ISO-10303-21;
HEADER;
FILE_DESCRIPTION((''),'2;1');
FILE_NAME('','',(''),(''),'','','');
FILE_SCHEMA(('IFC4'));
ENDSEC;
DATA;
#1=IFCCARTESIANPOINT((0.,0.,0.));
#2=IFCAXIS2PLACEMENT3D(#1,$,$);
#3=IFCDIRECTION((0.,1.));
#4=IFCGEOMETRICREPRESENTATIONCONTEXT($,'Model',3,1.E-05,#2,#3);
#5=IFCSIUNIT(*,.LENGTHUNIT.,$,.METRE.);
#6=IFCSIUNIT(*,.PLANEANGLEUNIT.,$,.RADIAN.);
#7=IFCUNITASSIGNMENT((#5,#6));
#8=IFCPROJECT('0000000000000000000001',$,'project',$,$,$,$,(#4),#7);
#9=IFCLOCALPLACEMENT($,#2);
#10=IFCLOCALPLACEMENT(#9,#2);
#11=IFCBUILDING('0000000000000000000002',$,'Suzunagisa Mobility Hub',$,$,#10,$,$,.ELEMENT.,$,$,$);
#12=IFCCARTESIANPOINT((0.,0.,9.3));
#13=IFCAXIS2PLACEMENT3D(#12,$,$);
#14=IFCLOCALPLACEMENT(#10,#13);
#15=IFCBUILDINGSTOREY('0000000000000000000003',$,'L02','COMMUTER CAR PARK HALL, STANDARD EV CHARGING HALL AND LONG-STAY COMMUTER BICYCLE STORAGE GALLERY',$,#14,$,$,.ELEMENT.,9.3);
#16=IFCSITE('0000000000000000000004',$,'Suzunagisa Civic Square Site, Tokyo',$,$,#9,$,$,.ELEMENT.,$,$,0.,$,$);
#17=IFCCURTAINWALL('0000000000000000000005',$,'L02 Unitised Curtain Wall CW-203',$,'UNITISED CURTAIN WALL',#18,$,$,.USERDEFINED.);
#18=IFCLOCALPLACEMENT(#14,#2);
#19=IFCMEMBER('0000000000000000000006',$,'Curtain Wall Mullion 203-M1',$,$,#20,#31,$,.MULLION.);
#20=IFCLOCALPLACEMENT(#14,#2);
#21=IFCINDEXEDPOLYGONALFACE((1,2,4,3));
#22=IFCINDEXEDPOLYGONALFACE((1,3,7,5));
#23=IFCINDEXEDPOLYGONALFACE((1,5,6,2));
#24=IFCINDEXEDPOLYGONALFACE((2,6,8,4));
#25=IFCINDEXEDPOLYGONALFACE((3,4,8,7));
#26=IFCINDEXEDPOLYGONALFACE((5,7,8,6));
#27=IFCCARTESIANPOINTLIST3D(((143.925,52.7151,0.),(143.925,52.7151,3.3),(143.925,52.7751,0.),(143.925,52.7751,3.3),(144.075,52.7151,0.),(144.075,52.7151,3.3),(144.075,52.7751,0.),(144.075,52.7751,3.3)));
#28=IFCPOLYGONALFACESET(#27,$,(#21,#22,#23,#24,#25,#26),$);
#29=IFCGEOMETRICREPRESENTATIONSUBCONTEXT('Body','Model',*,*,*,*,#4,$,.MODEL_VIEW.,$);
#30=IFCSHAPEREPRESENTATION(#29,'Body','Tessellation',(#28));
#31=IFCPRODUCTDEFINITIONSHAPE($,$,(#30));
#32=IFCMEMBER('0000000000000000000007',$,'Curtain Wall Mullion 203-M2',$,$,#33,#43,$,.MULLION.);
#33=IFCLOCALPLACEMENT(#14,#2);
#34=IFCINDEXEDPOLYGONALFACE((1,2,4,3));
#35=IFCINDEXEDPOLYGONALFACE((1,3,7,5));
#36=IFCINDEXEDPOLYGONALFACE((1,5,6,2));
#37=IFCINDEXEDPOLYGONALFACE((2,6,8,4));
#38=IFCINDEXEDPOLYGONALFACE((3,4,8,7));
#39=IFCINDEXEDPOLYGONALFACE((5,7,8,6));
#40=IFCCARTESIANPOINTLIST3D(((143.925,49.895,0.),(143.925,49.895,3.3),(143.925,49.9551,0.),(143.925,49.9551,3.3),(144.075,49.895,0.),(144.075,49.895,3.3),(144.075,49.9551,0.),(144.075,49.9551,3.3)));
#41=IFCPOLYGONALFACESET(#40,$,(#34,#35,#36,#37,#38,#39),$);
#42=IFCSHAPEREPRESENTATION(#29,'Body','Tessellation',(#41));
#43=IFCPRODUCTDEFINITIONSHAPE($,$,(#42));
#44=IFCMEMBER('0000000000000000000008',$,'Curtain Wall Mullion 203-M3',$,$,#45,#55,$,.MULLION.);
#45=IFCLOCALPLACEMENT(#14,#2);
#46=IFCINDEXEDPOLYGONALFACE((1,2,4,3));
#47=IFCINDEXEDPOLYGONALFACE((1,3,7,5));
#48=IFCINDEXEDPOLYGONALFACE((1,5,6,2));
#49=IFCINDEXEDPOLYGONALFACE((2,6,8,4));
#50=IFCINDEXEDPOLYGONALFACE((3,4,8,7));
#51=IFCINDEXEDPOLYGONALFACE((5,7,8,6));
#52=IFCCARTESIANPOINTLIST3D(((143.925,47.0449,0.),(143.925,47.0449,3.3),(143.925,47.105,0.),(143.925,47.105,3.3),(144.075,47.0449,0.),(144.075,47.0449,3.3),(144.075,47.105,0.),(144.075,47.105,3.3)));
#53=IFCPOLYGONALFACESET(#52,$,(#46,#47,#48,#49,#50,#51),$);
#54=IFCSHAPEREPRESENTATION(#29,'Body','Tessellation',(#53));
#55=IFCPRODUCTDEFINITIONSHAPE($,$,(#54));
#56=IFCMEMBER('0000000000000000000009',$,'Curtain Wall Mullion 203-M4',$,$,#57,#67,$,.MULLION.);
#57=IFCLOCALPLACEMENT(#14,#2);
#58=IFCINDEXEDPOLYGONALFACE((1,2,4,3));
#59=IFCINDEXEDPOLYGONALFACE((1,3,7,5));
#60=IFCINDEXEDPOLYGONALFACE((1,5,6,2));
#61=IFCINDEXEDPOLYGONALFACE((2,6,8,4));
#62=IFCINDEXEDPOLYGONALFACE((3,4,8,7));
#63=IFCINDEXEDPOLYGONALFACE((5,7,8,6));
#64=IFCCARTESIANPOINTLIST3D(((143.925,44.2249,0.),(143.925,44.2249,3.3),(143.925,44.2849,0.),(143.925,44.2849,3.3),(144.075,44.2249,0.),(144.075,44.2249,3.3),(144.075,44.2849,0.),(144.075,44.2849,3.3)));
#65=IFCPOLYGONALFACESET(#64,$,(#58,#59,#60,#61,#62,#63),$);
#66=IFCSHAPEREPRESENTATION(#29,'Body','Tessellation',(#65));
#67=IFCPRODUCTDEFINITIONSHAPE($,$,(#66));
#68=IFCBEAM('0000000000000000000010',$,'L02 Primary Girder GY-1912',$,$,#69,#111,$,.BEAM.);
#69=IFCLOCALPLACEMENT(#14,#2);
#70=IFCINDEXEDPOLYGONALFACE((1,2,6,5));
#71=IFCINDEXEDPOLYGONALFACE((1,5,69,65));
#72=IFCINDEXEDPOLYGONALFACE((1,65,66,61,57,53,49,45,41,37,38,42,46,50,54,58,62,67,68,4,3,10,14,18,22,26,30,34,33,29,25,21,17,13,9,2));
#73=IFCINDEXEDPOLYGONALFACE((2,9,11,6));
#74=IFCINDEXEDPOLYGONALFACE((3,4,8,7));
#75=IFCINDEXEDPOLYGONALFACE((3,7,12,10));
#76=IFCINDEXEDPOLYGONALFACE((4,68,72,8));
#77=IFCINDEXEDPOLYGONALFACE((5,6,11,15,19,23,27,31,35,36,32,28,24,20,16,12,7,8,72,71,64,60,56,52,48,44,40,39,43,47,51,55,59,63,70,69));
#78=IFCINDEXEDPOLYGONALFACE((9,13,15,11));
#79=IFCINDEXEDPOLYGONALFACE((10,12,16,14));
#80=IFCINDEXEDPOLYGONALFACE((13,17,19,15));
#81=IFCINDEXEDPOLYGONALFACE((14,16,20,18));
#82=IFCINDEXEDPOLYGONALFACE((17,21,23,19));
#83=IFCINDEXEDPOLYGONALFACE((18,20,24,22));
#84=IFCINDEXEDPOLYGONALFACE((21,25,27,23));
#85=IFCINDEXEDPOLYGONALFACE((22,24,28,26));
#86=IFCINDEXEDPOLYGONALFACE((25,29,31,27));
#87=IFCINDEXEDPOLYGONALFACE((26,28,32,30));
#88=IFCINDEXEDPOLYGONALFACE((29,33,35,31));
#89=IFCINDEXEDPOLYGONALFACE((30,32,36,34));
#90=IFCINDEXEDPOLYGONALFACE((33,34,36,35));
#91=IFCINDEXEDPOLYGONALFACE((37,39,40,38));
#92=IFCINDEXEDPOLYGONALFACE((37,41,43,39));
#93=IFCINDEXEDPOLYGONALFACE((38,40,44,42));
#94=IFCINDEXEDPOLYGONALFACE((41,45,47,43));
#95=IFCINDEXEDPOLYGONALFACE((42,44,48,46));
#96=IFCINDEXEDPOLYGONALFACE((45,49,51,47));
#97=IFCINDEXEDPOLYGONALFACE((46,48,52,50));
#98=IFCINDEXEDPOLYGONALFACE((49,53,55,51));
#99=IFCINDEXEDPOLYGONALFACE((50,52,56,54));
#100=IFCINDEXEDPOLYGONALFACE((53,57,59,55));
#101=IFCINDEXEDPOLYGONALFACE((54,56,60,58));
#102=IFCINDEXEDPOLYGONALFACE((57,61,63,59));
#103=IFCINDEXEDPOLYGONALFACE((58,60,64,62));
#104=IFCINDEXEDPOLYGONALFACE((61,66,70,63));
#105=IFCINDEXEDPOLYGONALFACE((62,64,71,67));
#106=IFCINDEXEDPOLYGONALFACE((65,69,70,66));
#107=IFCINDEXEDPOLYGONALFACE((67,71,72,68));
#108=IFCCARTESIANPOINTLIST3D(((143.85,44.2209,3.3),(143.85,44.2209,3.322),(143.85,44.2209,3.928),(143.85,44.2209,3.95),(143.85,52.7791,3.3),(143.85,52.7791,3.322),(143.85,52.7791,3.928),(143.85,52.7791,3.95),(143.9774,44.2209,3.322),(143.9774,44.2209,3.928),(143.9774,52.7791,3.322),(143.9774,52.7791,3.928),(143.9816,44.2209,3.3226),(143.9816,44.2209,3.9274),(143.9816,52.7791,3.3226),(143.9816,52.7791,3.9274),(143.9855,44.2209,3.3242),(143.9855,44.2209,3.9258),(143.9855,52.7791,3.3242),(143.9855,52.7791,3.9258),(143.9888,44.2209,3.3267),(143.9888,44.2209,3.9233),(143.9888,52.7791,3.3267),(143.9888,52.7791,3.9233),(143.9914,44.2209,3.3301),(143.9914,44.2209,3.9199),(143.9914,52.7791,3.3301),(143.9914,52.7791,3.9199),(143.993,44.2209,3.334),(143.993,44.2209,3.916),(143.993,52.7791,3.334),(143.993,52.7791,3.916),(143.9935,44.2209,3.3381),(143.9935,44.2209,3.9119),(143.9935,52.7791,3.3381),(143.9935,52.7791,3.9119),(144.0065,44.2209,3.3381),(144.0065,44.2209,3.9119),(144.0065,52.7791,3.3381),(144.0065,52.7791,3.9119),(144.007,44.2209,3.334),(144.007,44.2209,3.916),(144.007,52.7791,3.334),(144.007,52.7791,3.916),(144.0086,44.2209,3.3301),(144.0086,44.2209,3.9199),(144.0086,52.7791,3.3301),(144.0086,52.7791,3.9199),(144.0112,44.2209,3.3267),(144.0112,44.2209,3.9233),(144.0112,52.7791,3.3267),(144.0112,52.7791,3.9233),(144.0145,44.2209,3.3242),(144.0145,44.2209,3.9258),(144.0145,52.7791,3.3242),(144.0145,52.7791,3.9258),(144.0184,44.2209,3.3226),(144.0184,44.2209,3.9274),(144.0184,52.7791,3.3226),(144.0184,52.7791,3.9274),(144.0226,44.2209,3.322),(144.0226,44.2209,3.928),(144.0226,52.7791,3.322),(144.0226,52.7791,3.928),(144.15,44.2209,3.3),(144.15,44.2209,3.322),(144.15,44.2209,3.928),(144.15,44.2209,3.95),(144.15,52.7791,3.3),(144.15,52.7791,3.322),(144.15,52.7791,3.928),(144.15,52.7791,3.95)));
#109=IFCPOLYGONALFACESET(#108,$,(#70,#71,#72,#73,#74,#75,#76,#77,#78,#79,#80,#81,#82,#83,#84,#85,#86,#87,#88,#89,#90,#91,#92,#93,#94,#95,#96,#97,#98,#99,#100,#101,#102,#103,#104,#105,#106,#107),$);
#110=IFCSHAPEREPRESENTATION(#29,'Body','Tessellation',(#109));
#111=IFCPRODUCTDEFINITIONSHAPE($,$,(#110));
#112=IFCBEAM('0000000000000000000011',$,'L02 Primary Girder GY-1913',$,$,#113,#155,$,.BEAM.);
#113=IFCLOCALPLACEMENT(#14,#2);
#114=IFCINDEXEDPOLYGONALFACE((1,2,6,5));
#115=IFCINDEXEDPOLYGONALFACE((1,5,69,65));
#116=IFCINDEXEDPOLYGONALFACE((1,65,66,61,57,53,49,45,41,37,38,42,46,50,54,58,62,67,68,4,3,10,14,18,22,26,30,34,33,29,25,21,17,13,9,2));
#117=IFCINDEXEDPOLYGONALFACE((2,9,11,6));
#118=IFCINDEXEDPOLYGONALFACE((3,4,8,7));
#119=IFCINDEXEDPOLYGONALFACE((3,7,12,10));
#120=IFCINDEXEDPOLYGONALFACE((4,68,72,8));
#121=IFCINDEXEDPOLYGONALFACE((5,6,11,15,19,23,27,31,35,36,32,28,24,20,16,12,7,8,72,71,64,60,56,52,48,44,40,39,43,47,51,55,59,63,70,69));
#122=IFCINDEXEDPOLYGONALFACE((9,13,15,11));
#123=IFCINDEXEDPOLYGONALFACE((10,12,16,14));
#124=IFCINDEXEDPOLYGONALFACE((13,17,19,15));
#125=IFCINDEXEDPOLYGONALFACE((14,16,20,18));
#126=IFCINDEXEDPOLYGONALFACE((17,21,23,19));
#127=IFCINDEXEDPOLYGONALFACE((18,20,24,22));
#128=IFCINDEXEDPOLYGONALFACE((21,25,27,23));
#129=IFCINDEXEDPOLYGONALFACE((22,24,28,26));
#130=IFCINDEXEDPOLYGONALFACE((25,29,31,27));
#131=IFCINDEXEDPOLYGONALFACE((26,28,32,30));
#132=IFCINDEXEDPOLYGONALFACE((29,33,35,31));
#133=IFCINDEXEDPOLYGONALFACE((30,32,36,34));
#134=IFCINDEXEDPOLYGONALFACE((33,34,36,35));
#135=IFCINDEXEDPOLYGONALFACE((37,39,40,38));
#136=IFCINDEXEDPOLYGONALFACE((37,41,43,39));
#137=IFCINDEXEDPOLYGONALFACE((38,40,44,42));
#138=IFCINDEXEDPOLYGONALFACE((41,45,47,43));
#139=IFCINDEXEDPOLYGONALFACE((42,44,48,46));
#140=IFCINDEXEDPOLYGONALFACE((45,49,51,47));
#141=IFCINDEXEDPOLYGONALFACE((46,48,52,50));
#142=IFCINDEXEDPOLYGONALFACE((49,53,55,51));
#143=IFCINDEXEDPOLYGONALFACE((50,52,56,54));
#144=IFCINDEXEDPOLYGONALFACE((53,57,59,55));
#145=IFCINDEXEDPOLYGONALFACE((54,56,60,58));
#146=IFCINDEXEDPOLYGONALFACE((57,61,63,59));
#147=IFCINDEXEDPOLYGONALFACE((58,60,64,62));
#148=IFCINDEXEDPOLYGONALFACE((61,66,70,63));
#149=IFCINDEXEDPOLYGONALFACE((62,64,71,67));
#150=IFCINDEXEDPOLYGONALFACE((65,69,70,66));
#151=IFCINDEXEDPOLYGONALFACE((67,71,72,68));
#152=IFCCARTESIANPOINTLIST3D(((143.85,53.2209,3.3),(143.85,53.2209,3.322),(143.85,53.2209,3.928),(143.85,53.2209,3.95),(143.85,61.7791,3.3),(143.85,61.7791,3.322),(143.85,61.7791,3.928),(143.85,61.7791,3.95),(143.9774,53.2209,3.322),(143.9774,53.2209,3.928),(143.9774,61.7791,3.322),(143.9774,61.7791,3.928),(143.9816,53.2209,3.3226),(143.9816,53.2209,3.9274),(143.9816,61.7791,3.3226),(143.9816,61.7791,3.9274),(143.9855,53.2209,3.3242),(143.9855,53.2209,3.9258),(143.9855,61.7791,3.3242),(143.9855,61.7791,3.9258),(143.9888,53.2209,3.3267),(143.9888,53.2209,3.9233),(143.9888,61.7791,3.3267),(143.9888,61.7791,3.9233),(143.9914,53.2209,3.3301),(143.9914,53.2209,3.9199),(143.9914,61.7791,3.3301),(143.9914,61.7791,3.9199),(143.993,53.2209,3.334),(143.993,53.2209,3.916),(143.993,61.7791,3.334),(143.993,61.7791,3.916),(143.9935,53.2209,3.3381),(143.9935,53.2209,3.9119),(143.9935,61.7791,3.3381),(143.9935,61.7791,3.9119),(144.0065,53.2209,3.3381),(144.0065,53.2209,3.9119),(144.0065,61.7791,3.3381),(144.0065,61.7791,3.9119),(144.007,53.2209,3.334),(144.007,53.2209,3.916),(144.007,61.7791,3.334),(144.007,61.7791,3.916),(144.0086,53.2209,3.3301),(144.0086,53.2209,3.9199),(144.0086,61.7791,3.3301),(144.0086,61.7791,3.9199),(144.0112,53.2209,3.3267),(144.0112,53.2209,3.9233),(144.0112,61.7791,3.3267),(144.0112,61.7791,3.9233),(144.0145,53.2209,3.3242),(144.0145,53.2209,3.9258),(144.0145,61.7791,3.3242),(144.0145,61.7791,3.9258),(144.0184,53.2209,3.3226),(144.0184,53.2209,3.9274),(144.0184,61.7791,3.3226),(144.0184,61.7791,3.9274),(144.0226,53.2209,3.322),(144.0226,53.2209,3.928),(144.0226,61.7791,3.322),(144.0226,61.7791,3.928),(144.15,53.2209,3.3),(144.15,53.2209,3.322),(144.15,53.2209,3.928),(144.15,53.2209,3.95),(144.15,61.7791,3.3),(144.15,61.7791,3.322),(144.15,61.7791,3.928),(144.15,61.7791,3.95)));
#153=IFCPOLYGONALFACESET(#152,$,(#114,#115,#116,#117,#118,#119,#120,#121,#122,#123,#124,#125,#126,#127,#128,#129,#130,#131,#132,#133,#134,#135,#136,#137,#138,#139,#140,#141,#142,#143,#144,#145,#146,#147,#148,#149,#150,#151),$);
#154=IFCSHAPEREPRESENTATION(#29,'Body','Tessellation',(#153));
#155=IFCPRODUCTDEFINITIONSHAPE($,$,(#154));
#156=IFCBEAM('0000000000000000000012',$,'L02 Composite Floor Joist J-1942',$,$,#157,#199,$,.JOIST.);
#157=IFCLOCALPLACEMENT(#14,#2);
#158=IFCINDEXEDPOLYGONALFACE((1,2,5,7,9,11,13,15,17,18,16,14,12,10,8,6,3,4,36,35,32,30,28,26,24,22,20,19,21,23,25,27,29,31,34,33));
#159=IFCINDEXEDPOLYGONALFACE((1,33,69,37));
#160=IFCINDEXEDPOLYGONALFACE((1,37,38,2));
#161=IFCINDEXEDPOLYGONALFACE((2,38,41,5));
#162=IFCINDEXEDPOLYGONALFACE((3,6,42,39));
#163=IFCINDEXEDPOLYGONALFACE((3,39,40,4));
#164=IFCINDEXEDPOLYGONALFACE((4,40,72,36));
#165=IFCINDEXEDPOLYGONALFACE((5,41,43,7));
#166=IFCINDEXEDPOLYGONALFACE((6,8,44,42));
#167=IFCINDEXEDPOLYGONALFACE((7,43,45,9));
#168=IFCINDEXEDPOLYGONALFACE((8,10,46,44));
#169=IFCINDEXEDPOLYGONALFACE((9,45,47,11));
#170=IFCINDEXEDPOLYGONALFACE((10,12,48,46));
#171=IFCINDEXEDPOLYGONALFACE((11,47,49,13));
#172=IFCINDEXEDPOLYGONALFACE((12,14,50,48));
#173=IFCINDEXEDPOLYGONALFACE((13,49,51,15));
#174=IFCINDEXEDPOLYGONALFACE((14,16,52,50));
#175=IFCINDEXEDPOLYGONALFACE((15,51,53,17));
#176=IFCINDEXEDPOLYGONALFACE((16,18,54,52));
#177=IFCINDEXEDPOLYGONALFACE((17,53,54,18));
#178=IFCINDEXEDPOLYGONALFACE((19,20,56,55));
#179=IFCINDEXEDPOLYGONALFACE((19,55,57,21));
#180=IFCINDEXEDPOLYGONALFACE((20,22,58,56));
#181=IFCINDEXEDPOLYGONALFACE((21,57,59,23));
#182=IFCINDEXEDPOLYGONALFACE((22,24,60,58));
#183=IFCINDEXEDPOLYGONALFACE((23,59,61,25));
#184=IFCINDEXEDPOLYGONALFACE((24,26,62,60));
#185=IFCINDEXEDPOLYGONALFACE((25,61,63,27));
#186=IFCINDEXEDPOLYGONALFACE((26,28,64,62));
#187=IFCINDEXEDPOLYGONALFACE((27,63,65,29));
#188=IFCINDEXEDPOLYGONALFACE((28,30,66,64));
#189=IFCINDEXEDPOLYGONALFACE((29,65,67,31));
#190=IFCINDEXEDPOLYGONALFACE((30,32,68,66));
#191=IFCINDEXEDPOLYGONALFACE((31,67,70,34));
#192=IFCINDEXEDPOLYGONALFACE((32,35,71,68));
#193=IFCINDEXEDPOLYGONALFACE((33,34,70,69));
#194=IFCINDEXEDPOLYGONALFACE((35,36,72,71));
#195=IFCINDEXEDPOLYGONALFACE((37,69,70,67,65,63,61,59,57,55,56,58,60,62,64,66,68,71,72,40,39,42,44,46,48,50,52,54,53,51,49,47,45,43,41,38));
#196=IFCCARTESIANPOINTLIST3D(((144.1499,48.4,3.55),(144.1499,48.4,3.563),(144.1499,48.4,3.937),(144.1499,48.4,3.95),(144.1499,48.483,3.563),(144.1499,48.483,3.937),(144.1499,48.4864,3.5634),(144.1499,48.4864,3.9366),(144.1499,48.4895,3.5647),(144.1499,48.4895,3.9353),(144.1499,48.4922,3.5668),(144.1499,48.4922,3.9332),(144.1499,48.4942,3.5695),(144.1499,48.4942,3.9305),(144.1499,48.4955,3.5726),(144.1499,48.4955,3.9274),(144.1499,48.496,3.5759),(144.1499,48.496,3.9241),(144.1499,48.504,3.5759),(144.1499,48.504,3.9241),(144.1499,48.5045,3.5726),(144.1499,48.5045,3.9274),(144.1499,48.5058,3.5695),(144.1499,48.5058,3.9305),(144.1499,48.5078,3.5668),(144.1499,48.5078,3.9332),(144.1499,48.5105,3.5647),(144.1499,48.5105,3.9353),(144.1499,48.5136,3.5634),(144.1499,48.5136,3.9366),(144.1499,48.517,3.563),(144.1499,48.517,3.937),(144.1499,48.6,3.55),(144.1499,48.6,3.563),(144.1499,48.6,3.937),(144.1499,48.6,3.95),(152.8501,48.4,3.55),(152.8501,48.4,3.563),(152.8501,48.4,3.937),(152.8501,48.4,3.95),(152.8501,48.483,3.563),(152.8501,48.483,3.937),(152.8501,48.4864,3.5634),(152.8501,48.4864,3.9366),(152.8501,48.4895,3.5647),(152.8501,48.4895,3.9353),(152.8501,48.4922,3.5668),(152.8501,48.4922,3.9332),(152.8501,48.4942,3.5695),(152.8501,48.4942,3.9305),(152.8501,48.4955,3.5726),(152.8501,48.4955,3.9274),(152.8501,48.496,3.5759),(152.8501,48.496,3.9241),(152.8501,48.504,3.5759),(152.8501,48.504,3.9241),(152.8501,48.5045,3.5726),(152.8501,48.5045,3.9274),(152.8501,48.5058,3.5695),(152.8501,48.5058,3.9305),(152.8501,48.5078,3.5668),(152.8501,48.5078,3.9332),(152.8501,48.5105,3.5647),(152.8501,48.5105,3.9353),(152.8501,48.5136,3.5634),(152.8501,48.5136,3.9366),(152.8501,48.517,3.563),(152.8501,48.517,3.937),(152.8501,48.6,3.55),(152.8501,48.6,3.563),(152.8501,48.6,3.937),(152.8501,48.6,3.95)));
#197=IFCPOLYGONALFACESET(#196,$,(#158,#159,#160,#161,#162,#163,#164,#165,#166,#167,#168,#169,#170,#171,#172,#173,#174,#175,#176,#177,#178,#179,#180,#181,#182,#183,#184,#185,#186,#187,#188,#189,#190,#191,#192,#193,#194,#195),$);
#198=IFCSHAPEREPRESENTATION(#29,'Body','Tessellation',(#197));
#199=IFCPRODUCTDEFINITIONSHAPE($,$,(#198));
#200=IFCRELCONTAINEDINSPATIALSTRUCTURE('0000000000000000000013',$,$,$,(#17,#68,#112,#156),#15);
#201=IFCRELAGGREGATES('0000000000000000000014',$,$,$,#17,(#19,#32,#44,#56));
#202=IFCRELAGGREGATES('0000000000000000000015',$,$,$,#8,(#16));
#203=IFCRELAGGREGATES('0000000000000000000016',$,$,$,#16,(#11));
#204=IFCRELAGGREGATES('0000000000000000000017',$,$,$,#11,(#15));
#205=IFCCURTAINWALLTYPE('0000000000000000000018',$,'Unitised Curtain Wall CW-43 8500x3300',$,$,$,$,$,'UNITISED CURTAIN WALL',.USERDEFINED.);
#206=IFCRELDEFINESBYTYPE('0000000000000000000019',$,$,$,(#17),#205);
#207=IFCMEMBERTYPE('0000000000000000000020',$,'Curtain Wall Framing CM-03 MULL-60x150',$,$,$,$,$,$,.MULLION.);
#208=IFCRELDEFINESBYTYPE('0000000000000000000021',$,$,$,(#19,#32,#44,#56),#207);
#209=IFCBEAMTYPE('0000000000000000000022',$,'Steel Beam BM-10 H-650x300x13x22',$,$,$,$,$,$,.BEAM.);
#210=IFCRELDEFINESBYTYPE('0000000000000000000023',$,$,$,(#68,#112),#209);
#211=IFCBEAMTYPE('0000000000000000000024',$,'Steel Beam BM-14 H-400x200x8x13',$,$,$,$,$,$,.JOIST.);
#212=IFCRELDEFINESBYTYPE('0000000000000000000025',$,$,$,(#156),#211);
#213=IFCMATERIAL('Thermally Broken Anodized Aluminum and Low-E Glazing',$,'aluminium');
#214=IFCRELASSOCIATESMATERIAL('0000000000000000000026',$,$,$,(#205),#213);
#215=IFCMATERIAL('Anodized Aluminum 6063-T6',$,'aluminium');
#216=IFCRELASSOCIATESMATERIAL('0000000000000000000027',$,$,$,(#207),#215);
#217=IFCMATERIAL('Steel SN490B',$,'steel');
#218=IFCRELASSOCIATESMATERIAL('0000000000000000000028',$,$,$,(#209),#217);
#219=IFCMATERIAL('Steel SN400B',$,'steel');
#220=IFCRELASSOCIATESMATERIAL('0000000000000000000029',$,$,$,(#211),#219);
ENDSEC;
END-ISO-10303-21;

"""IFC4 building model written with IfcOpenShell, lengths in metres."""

from ifc_helpers import new_model, si_unit, direction, frame, origin, origin_2d, place, context, subcontext, project, spatial, rectangle, i_section, extrude, material, material_profile, profile_set, type_object, element, aggregate, save


model = new_model("IFC4")

# Units and contexts
model_context = context("Model", 3, precision=1e-05, world=origin(), true_north=direction((0.0, 1.0)))
body_context = subcontext(model_context, "Body", "Model", "MODEL_VIEW")
ifc_project = project(units=[si_unit("LENGTHUNIT", "METRE"), si_unit("PLANEANGLEUNIT", "RADIAN")], contexts=[model_context])

# Site, building, storey
site_placement = place(None, origin())
site = spatial("IfcSite", under=ifc_project, at=site_placement, Name="Suzunagisa Civic Square Site, Tokyo", CompositionType="ELEMENT", RefElevation=0.0)
building_placement = place(site_placement, origin())
building = spatial("IfcBuilding", under=site, at=building_placement, Name="Suzunagisa Mobility Hub", CompositionType="ELEMENT")
storey_placement = place(building_placement, frame((0.0, 0.0, 9.3)))
storey = spatial("IfcBuildingStorey", under=building, at=storey_placement, Name="L02", Description="COMMUTER CAR PARK HALL, STANDARD EV CHARGING HALL AND LONG-STAY COMMUTER BICYCLE STORAGE GALLERY", CompositionType="ELEMENT", Elevation=9.3)

# Shared definitions
ifc_material_1 = material(Name="Steel SN490B", Category="steel")

# Curtain wall
ifc_material_2 = material(Name="Thermally Broken Anodized Aluminum and Low-E Glazing", Category="aluminium")
ifc_material_3 = material(Name="Anodized Aluminum 6063-T6", Category="aluminium")
curtain_wall_type_1 = type_object("IfcCurtainWallType", Name="Unitised Curtain Wall CW-43 8500x3300", ElementType="UNITISED CURTAIN WALL", PredefinedType="USERDEFINED", material=ifc_material_2)
curtain_wall_1_placement = place(storey_placement, origin())
curtain_wall_1 = element("IfcCurtainWall", 1, at=curtain_wall_1_placement, inside=storey, type_object=curtain_wall_type_1, Name="L02 Unitised Curtain Wall CW-203", ObjectType="UNITISED CURTAIN WALL", PredefinedType="USERDEFINED")

# Members
ifc_material_profile_1 = material_profile(ifc_material_3, rectangle(XDim=0.0601, YDim=0.1499, at=origin_2d()), Name="MULL-60x150")
ifc_profile_set_1 = profile_set([ifc_material_profile_1], Name="Anodized Aluminum 6063-T6")
member_type_1 = type_object("IfcMemberType", Name="Curtain Wall Framing CM-03 MULL-60x150", PredefinedType="MULLION", material=ifc_profile_set_1)
member_1_placement = place(storey_placement, frame((144.0, 52.7451, 0.0), z_axis=(0.0, 0.0, 1.0), x_axis=(0.0, -1.0, 0.0)))
member_1 = element("IfcMember", 2, at=member_1_placement, type_object=member_type_1, Name="Curtain Wall Mullion 203-M1", PredefinedType="MULLION", context=body_context, shape_type="SweptSolid", body=[
    extrude(rectangle(XDim=0.0601, YDim=0.1499, at=origin_2d()), origin(), (0.0, 0.0, 1.0), 3.3),
])
member_2_placement = place(storey_placement, frame((144.0, 49.925, 0.0), z_axis=(0.0, 0.0, 1.0), x_axis=(0.0, -1.0, 0.0)))
member_2 = element("IfcMember", 3, at=member_2_placement, type_object=member_type_1, Name="Curtain Wall Mullion 203-M2", PredefinedType="MULLION", context=body_context, shape_type="SweptSolid", body=[
    extrude(rectangle(XDim=0.0601, YDim=0.1499, at=origin_2d()), origin(), (0.0, 0.0, 1.0), 3.3),
])
member_3_placement = place(storey_placement, frame((144.0, 47.075, 0.0), z_axis=(0.0, 0.0, 1.0), x_axis=(0.0, -1.0, 0.0)))
member_3 = element("IfcMember", 4, at=member_3_placement, type_object=member_type_1, Name="Curtain Wall Mullion 203-M3", PredefinedType="MULLION", context=body_context, shape_type="SweptSolid", body=[
    extrude(rectangle(XDim=0.0601, YDim=0.1499, at=origin_2d()), origin(), (0.0, 0.0, 1.0), 3.3),
])
member_4_placement = place(storey_placement, frame((144.0, 44.2549, 0.0), z_axis=(0.0, 0.0, 1.0), x_axis=(0.0, -1.0, 0.0)))
member_4 = element("IfcMember", 5, at=member_4_placement, type_object=member_type_1, Name="Curtain Wall Mullion 203-M4", PredefinedType="MULLION", context=body_context, shape_type="SweptSolid", body=[
    extrude(rectangle(XDim=0.0601, YDim=0.1499, at=origin_2d()), origin(), (0.0, 0.0, 1.0), 3.3),
])

# Beams
ifc_material_profile_2 = material_profile(ifc_material_1, i_section(OverallWidth=0.3, OverallDepth=0.6499, WebThickness=0.0129, FlangeThickness=0.022, FilletRadius=0.0161, at=origin_2d()), Name="H-650x300x13x22")
ifc_profile_set_2 = profile_set([ifc_material_profile_2], Name="Steel SN490B")
beam_type_1 = type_object("IfcBeamType", Name="Steel Beam BM-10 H-650x300x13x22", PredefinedType="BEAM", material=ifc_profile_set_2)
for number, where, z_axis, x_axis, name in (
    (6, (144.0, 44.2209, 3.625), (0.0, 1.0, 0.0), (-1.0, 0.0, 0.0), "L02 Primary Girder GY-1912"),
    (7, (144.0, 53.2209, 3.625), (0.0, 1.0, 0.0), (-1.0, 0.0, 0.0), "L02 Primary Girder GY-1913"),
):
    element("IfcBeam", number, at=place(storey_placement, frame(where, z_axis=z_axis, x_axis=x_axis)), inside=storey, type_object=beam_type_1, Name=name, PredefinedType="BEAM", context=body_context, shape_type="SweptSolid", body=[
        extrude(i_section(OverallWidth=0.3, OverallDepth=0.6499, WebThickness=0.0129, FlangeThickness=0.022, FilletRadius=0.0161, at=origin_2d()), origin(), (0.0, 0.0, 1.0), 8.5581),
    ])
ifc_material_4 = material(Name="Steel SN400B", Category="steel")
ifc_material_profile_3 = material_profile(ifc_material_4, i_section(OverallWidth=0.2, OverallDepth=0.3999, WebThickness=0.0081, FlangeThickness=0.0129, FilletRadius=0.0129, at=origin_2d()), Name="H-400x200x8x13")
ifc_profile_set_3 = profile_set([ifc_material_profile_3], Name="Steel SN400B")
beam_type_2 = type_object("IfcBeamType", Name="Steel Beam BM-14 H-400x200x8x13", PredefinedType="JOIST", material=ifc_profile_set_3)
beam_1_placement = place(storey_placement, frame((144.1499, 48.5, 3.75), z_axis=(1.0, 0.0, 0.0), x_axis=(0.0, 1.0, 0.0)))
element("IfcBeam", 8, at=beam_1_placement, inside=storey, type_object=beam_type_2, Name="L02 Composite Floor Joist J-1942", PredefinedType="JOIST", context=body_context, shape_type="SweptSolid", body=[
    extrude(i_section(OverallWidth=0.2, OverallDepth=0.3999, WebThickness=0.0081, FlangeThickness=0.0129, FilletRadius=0.0129, at=origin_2d()), origin(), (0.0, 0.0, 1.0), 8.7002),
])

aggregate(curtain_wall_1, [member_1, member_2, member_3, member_4])

save(model, "model.ifc")
